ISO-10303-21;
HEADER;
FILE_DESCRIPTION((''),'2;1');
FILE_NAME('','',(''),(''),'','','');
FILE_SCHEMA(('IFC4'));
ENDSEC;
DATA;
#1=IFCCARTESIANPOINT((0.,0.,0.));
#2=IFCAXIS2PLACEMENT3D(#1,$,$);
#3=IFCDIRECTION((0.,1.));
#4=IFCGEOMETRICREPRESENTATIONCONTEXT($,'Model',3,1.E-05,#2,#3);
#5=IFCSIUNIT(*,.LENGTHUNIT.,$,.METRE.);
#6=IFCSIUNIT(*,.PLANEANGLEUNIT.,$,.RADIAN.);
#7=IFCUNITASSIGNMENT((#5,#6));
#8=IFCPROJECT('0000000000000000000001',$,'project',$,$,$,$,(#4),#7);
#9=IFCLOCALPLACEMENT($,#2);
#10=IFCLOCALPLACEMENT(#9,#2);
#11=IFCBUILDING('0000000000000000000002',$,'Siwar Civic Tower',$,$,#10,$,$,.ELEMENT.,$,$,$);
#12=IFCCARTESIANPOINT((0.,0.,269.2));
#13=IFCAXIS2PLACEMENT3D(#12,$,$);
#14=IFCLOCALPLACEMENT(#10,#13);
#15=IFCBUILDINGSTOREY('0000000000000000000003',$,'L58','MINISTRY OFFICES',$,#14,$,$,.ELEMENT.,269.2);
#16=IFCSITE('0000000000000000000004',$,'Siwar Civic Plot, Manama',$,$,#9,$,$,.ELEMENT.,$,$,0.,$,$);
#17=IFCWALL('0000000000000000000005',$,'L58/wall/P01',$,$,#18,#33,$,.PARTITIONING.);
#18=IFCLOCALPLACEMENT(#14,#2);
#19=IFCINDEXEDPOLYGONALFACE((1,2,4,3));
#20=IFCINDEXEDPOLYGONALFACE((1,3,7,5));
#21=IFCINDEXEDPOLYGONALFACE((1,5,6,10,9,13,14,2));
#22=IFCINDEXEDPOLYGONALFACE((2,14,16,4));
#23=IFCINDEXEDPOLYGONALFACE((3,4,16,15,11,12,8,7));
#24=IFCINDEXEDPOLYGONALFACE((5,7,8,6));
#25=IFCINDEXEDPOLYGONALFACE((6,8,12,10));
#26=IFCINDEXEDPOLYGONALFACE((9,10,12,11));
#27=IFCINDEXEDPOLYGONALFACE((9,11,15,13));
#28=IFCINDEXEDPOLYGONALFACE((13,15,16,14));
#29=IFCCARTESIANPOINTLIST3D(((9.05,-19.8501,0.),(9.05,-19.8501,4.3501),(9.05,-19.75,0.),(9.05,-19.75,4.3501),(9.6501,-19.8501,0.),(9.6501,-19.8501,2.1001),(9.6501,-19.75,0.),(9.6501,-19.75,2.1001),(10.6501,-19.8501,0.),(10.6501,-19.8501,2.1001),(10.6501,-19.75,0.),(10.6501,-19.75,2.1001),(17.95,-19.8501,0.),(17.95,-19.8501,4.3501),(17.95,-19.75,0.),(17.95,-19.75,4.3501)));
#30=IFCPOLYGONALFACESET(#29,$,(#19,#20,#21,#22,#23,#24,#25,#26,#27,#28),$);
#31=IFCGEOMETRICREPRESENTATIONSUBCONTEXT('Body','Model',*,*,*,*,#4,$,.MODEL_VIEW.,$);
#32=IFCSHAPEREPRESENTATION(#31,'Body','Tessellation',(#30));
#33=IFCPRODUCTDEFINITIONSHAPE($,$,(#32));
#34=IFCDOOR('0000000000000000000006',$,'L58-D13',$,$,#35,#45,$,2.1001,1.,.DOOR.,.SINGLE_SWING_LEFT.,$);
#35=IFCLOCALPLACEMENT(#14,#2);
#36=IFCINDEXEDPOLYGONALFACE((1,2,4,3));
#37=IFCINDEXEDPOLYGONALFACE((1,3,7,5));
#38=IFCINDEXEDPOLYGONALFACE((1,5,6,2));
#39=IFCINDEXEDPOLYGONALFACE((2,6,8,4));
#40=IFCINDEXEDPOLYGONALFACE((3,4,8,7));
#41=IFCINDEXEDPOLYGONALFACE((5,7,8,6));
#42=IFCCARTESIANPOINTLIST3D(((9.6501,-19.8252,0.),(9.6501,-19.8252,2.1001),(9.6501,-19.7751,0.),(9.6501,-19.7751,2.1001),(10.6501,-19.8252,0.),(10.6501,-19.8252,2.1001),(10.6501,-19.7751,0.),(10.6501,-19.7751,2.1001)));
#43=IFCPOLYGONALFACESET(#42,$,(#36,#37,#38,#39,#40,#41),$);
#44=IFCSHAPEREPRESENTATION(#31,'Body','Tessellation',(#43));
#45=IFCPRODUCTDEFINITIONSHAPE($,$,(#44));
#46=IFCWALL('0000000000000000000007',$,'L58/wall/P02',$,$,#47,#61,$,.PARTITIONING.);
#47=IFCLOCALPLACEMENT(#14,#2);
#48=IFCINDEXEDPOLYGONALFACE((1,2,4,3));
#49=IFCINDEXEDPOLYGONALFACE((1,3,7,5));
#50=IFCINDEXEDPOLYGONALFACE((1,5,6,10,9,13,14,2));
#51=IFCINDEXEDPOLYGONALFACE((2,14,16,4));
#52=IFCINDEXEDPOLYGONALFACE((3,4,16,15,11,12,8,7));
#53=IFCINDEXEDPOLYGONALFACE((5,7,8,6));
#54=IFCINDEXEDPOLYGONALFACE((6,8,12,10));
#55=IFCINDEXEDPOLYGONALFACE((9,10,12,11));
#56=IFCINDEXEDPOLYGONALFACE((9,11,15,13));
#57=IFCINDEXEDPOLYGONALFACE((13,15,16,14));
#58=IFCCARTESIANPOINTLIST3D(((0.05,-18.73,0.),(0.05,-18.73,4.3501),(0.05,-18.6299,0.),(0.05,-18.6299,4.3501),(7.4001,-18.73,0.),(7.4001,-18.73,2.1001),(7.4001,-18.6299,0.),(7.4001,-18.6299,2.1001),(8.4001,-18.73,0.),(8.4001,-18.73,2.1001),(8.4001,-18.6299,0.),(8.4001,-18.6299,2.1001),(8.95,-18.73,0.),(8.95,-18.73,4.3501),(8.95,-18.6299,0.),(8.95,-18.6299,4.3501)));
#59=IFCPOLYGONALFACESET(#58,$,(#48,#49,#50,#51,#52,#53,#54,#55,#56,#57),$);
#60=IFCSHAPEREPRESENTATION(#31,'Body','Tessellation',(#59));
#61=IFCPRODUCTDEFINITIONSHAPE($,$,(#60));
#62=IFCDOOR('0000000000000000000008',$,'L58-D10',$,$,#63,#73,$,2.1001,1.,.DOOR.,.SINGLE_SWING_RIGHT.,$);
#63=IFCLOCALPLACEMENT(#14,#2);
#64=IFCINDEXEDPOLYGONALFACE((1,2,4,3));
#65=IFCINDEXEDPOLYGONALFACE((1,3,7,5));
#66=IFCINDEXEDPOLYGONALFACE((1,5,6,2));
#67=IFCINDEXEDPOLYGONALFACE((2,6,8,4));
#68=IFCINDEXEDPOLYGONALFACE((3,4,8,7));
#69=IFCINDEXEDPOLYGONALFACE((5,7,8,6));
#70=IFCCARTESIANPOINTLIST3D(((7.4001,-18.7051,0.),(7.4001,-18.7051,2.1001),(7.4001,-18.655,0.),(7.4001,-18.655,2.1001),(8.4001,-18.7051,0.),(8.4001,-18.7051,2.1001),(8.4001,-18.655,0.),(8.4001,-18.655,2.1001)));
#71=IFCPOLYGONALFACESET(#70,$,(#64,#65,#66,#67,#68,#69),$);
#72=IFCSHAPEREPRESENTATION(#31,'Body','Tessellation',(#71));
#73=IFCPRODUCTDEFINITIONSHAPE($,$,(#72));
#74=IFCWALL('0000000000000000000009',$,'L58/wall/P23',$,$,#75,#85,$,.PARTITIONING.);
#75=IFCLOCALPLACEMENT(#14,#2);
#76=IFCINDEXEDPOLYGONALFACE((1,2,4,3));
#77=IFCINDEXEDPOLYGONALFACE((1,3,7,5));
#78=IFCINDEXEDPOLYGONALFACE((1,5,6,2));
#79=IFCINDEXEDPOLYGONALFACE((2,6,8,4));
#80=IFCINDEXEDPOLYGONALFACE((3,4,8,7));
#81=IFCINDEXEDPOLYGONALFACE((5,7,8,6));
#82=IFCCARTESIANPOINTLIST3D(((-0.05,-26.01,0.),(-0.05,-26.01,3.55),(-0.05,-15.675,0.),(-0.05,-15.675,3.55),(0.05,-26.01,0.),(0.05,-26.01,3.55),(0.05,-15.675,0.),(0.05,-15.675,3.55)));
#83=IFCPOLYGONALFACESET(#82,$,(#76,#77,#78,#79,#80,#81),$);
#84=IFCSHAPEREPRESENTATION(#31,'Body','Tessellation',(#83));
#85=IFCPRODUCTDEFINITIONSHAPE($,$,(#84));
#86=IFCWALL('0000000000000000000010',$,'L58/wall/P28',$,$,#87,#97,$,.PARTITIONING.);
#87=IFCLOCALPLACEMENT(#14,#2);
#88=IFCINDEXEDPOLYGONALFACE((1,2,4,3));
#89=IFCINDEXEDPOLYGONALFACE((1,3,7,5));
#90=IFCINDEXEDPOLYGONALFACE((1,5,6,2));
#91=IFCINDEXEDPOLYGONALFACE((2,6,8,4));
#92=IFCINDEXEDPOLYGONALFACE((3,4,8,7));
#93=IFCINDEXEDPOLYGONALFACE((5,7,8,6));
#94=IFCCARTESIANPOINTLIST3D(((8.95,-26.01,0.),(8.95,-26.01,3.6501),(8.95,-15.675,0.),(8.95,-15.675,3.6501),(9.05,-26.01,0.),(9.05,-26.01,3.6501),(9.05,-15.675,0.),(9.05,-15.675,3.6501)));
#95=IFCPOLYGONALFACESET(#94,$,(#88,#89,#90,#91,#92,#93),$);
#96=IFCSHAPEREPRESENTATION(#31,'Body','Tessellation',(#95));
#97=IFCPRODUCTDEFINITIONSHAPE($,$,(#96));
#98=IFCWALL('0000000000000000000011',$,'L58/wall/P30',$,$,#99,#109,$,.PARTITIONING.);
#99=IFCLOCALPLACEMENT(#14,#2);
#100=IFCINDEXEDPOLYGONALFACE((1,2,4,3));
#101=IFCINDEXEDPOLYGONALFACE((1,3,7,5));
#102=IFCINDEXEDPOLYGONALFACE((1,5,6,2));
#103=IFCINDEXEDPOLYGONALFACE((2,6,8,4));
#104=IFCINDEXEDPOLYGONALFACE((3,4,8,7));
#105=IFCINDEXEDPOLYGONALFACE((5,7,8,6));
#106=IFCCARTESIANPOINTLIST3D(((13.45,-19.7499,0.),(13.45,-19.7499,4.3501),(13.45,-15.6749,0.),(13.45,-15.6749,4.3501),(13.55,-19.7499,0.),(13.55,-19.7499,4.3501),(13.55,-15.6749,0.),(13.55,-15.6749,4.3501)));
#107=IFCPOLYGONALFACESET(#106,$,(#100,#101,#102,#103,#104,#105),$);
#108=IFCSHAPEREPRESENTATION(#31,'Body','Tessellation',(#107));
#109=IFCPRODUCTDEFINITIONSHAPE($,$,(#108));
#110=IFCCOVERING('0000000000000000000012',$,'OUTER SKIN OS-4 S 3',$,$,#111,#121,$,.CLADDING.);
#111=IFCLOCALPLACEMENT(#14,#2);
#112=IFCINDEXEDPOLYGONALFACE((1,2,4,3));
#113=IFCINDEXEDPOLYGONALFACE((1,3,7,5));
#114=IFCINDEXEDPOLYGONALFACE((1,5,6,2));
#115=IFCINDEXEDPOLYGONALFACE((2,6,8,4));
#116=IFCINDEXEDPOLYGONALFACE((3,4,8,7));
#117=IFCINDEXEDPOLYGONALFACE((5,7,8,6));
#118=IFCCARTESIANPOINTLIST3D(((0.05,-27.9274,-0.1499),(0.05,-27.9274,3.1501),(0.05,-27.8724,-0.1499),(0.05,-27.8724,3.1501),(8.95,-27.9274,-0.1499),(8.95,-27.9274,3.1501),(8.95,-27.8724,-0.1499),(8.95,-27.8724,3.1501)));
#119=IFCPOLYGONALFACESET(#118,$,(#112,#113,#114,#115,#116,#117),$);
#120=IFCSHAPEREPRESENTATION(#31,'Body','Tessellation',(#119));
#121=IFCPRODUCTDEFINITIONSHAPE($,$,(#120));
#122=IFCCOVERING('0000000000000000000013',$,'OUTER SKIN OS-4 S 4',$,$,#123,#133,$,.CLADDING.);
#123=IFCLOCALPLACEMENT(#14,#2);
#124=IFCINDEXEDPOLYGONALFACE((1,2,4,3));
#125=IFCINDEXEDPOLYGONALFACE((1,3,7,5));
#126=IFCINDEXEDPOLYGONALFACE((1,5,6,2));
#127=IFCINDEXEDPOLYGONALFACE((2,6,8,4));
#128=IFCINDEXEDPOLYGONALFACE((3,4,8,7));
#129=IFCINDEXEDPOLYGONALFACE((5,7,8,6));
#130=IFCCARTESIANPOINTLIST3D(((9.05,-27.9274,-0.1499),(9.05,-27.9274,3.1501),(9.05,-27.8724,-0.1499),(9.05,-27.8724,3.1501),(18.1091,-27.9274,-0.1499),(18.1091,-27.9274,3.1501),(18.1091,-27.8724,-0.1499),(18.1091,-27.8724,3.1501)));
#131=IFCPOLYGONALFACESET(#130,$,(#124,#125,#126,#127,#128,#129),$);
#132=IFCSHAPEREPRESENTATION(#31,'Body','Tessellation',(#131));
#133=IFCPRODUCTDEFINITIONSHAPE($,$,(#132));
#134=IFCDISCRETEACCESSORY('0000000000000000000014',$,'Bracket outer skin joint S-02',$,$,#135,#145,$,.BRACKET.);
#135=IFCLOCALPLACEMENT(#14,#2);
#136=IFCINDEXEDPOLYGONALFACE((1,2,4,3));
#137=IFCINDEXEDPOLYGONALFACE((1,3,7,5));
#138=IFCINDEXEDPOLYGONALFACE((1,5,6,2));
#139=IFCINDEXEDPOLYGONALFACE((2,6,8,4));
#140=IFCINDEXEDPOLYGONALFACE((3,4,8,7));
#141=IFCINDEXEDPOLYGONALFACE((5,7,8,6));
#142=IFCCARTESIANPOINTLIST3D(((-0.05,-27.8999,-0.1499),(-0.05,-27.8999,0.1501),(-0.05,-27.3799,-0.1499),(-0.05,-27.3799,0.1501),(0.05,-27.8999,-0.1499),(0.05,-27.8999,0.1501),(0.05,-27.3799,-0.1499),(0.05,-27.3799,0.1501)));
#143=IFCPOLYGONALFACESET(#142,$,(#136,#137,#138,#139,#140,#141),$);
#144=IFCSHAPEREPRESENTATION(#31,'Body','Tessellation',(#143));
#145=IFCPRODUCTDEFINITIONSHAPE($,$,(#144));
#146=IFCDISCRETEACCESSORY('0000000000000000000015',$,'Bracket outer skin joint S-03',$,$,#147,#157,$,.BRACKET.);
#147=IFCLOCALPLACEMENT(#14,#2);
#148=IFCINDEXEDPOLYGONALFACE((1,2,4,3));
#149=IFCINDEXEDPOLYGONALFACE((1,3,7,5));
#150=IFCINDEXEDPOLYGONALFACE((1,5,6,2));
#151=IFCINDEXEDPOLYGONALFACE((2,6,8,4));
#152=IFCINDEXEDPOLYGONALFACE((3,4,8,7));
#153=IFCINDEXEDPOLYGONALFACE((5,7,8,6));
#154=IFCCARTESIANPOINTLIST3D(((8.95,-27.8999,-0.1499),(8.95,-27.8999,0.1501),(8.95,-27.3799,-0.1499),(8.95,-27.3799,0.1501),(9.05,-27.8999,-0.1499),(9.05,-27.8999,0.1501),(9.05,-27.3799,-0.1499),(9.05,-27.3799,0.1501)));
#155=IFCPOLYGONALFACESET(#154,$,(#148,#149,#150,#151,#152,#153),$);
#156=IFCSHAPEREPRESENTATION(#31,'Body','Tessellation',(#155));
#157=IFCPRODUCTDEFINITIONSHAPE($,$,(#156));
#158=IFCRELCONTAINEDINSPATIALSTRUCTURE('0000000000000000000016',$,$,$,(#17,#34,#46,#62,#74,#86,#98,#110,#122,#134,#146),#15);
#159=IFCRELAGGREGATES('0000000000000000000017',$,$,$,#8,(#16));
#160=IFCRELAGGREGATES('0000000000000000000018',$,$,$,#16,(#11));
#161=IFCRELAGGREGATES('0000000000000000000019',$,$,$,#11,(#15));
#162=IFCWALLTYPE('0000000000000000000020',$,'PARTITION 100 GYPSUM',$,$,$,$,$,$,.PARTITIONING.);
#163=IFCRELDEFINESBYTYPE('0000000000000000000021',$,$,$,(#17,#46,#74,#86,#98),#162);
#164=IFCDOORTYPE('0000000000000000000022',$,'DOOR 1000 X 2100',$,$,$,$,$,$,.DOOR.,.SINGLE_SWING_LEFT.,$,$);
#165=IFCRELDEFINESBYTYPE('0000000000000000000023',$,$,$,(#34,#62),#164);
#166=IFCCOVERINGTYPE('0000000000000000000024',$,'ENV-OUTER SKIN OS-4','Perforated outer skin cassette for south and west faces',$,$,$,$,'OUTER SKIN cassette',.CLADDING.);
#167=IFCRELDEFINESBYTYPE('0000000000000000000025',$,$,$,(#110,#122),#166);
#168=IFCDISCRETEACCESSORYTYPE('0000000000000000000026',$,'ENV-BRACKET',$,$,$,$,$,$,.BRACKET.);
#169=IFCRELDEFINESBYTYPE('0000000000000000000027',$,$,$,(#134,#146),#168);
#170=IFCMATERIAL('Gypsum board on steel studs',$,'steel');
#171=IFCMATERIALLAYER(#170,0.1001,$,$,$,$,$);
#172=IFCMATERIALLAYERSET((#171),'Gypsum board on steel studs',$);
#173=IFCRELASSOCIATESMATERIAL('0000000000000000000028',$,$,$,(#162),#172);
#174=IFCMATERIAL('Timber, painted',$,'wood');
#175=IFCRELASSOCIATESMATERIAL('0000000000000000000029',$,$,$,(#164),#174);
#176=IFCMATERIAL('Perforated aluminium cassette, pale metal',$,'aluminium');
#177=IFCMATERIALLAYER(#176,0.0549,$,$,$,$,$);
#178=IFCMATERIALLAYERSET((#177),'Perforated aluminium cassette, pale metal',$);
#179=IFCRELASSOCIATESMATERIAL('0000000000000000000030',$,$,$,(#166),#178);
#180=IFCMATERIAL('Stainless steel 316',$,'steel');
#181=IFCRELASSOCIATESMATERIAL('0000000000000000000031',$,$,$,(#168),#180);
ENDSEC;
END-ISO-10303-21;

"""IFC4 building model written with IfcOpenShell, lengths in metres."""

from ifc_helpers import new_model, si_unit, direction, frame, frame_2d, origin, origin_2d, place, context, subcontext, project, spatial, rectangle, extrude, material, layer, layer_set, type_object, element, fill, save


model = new_model("IFC4")

# Units and contexts
model_context = context("Model", 3, precision=1e-05, world=origin(), true_north=direction((0.0, 1.0)))
body_context = subcontext(model_context, "Body", "Model", "MODEL_VIEW")
ifc_project = project(units=[si_unit("LENGTHUNIT", "METRE"), si_unit("PLANEANGLEUNIT", "RADIAN")], contexts=[model_context])

# Site, building, storey
site_placement = place(None, origin())
site = spatial("IfcSite", under=ifc_project, at=site_placement, Name="Siwar Civic Plot, Manama", CompositionType="ELEMENT", RefElevation=0.0)
building_placement = place(site_placement, origin())
building = spatial("IfcBuilding", under=site, at=building_placement, Name="Siwar Civic Tower", CompositionType="ELEMENT")
storey_placement = place(building_placement, frame((0.0, 0.0, 269.2)))
storey = spatial("IfcBuildingStorey", under=building, at=storey_placement, Name="L58", Description="MINISTRY OFFICES", CompositionType="ELEMENT", Elevation=269.2)

# Walls, openings, doors
ifc_material_1 = material(Name="Gypsum board on steel studs", Category="steel")
ifc_layer_1 = layer(ifc_material_1, 0.1001)
ifc_layer_set_1 = layer_set([ifc_layer_1], Name="Gypsum board on steel studs")
wall_type_1 = type_object("IfcWallType", Name="PARTITION 100 GYPSUM", PredefinedType="PARTITIONING", material=ifc_layer_set_1)
wall_1_placement = place(storey_placement, frame((9.05, -19.8, 0.0), z_axis=(0.0, 0.0, 1.0), x_axis=(1.0, 0.0, 0.0)))
wall_1 = element("IfcWall", 1, at=wall_1_placement, inside=storey, type_object=wall_type_1, Name="L58/wall/P01", PredefinedType="PARTITIONING", context=body_context, shape_type="SweptSolid", body=[
    extrude(rectangle(XDim=8.8999, YDim=0.1001, at=frame_2d((4.45, 0.0))), origin(), (0.0, 0.0, 1.0), 4.3501),
])
opening_1_placement = place(wall_1_placement, frame((0.6001, 0.0, 0.0)))
opening_1 = element("IfcOpeningElement", 2, at=opening_1_placement, cuts=wall_1, PredefinedType="OPENING", context=body_context, shape_type="SweptSolid", body=[
    extrude(rectangle(XDim=1.0, YDim=2.1001, at=frame_2d((0.5, 1.05))), frame((0.0, 0.0601, 0.0), z_axis=(0.0, -1.0, 0.0), x_axis=(1.0, 0.0, 0.0)), (0.0, 0.0, 1.0), 0.1201),
])
ifc_material_2 = material(Name="Timber, painted", Category="wood")
door_type_1 = type_object("IfcDoorType", Name="DOOR 1000 X 2100", OperationType="SINGLE_SWING_LEFT", PredefinedType="DOOR", material=ifc_material_2)
door_1_placement = place(opening_1_placement, origin())
door_1 = element("IfcDoor", 3, at=door_1_placement, inside=storey, type_object=door_type_1, Name="L58-D13", OperationType="SINGLE_SWING_LEFT", OverallHeight=2.1001, OverallWidth=1.0, PredefinedType="DOOR", context=body_context, shape_type="SweptSolid", body=[
    extrude(rectangle(XDim=1.0, YDim=2.1001, at=frame_2d((0.5, 1.05))), frame((0.0, 0.0249, 0.0), z_axis=(0.0, -1.0, 0.0), x_axis=(1.0, 0.0, 0.0)), (0.0, 0.0, 1.0), 0.05),
])
fill(opening_1, door_1)
wall_2_placement = place(storey_placement, frame((0.05, -18.6799, 0.0), z_axis=(0.0, 0.0, 1.0), x_axis=(1.0, 0.0, 0.0)))
wall_2 = element("IfcWall", 4, at=wall_2_placement, inside=storey, type_object=wall_type_1, Name="L58/wall/P02", PredefinedType="PARTITIONING", context=body_context, shape_type="SweptSolid", body=[
    extrude(rectangle(XDim=8.8999, YDim=0.1001, at=frame_2d((4.45, 0.0))), origin(), (0.0, 0.0, 1.0), 4.3501),
])
opening_2_placement = place(wall_2_placement, frame((7.3501, 0.0, 0.0)))
opening_2 = element("IfcOpeningElement", 5, at=opening_2_placement, cuts=wall_2, PredefinedType="OPENING", context=body_context, shape_type="SweptSolid", body=[
    extrude(rectangle(XDim=1.0, YDim=2.1001, at=frame_2d((0.5, 1.05))), frame((0.0, 0.0601, 0.0), z_axis=(0.0, -1.0, 0.0), x_axis=(1.0, 0.0, 0.0)), (0.0, 0.0, 1.0), 0.1201),
])
door_2_placement = place(opening_2_placement, origin())
door_2 = element("IfcDoor", 6, at=door_2_placement, inside=storey, type_object=door_type_1, Name="L58-D10", OperationType="SINGLE_SWING_RIGHT", OverallHeight=2.1001, OverallWidth=1.0, PredefinedType="DOOR", context=body_context, shape_type="SweptSolid", body=[
    extrude(rectangle(XDim=1.0, YDim=2.1001, at=frame_2d((0.5, 1.05))), frame((0.0, 0.0249, 0.0), z_axis=(0.0, -1.0, 0.0), x_axis=(1.0, 0.0, 0.0)), (0.0, 0.0, 1.0), 0.05),
])
fill(opening_2, door_2)

# Walls
wall_3_placement = place(storey_placement, frame((0.0, -26.01, 0.0), z_axis=(0.0, 0.0, 1.0), x_axis=(0.0, 1.0, 0.0)))
element("IfcWall", 7, at=wall_3_placement, inside=storey, type_object=wall_type_1, Name="L58/wall/P23", PredefinedType="PARTITIONING", context=body_context, shape_type="SweptSolid", body=[
    extrude(rectangle(XDim=10.335, YDim=0.1001, at=frame_2d((5.1675, 0.0))), origin(), (0.0, 0.0, 1.0), 3.55),
])
wall_4_placement = place(storey_placement, frame((9.0, -26.01, 0.0), z_axis=(0.0, 0.0, 1.0), x_axis=(0.0, 1.0, 0.0)))
element("IfcWall", 8, at=wall_4_placement, inside=storey, type_object=wall_type_1, Name="L58/wall/P28", PredefinedType="PARTITIONING", context=body_context, shape_type="SweptSolid", body=[
    extrude(rectangle(XDim=10.335, YDim=0.1001, at=frame_2d((5.1675, 0.0))), origin(), (0.0, 0.0, 1.0), 3.6501),
])
wall_5_placement = place(storey_placement, frame((13.5, -19.75, 0.0), z_axis=(0.0, 0.0, 1.0), x_axis=(0.0, 1.0, 0.0)))
element("IfcWall", 9, at=wall_5_placement, inside=storey, type_object=wall_type_1, Name="L58/wall/P30", PredefinedType="PARTITIONING", context=body_context, shape_type="SweptSolid", body=[
    extrude(rectangle(XDim=4.075, YDim=0.1001, at=frame_2d((2.0376, 0.0))), origin(), (0.0, 0.0, 1.0), 4.3501),
])

# Coverings
ifc_material_3 = material(Name="Perforated aluminium cassette, pale metal", Category="aluminium")
ifc_layer_2 = layer(ifc_material_3, 0.0549)
ifc_layer_set_2 = layer_set([ifc_layer_2], Name="Perforated aluminium cassette, pale metal")
covering_type = type_object("IfcCoveringType", Name="ENV-OUTER SKIN OS-4", Description="Perforated outer skin cassette for south and west faces", ElementType="OUTER SKIN cassette", PredefinedType="CLADDING", material=ifc_layer_set_2)
covering_1_placement = place(storey_placement, frame((4.5, -27.8999, -0.1499), z_axis=(0.0, 0.0, 1.0), x_axis=(1.0, 0.0, 0.0)))
element("IfcCovering", 10, at=covering_1_placement, inside=storey, type_object=covering_type, Name="OUTER SKIN OS-4 S 3", PredefinedType="CLADDING", context=body_context, shape_type="SweptSolid", body=[
    extrude(rectangle(XDim=8.8999, YDim=0.0549, at=origin_2d()), origin(), (0.0, 0.0, 1.0), 3.3),
])
covering_2_placement = place(storey_placement, frame((13.5796, -27.8999, -0.1499), z_axis=(0.0, 0.0, 1.0), x_axis=(1.0, 0.0, 0.0)))
element("IfcCovering", 11, at=covering_2_placement, inside=storey, type_object=covering_type, Name="OUTER SKIN OS-4 S 4", PredefinedType="CLADDING", context=body_context, shape_type="SweptSolid", body=[
    extrude(rectangle(XDim=9.0591, YDim=0.0549, at=origin_2d()), origin(), (0.0, 0.0, 1.0), 3.3),
])

# Discrete accessories
ifc_material_4 = material(Name="Stainless steel 316", Category="steel")
discrete_accessory_type = type_object("IfcDiscreteAccessoryType", Name="ENV-BRACKET", PredefinedType="BRACKET", material=ifc_material_4)
for number, where, z_axis, x_axis, name in (
    (12, (0.0, -27.6399, -0.1499), (0.0, 0.0, 1.0), (0.0, -1.0, 0.0), "Bracket outer skin joint S-02"),
    (13, (9.0, -27.6399, -0.1499), (0.0, 0.0, 1.0), (0.0, -1.0, 0.0), "Bracket outer skin joint S-03"),
):
    element("IfcDiscreteAccessory", number, at=place(storey_placement, frame(where, z_axis=z_axis, x_axis=x_axis)), inside=storey, type_object=discrete_accessory_type, Name=name, PredefinedType="BRACKET", context=body_context, shape_type="SweptSolid", body=[
        extrude(rectangle(XDim=0.52, YDim=0.1001, at=origin_2d()), origin(), (0.0, 0.0, 1.0), 0.3),
    ])

save(model, "model.ifc")
